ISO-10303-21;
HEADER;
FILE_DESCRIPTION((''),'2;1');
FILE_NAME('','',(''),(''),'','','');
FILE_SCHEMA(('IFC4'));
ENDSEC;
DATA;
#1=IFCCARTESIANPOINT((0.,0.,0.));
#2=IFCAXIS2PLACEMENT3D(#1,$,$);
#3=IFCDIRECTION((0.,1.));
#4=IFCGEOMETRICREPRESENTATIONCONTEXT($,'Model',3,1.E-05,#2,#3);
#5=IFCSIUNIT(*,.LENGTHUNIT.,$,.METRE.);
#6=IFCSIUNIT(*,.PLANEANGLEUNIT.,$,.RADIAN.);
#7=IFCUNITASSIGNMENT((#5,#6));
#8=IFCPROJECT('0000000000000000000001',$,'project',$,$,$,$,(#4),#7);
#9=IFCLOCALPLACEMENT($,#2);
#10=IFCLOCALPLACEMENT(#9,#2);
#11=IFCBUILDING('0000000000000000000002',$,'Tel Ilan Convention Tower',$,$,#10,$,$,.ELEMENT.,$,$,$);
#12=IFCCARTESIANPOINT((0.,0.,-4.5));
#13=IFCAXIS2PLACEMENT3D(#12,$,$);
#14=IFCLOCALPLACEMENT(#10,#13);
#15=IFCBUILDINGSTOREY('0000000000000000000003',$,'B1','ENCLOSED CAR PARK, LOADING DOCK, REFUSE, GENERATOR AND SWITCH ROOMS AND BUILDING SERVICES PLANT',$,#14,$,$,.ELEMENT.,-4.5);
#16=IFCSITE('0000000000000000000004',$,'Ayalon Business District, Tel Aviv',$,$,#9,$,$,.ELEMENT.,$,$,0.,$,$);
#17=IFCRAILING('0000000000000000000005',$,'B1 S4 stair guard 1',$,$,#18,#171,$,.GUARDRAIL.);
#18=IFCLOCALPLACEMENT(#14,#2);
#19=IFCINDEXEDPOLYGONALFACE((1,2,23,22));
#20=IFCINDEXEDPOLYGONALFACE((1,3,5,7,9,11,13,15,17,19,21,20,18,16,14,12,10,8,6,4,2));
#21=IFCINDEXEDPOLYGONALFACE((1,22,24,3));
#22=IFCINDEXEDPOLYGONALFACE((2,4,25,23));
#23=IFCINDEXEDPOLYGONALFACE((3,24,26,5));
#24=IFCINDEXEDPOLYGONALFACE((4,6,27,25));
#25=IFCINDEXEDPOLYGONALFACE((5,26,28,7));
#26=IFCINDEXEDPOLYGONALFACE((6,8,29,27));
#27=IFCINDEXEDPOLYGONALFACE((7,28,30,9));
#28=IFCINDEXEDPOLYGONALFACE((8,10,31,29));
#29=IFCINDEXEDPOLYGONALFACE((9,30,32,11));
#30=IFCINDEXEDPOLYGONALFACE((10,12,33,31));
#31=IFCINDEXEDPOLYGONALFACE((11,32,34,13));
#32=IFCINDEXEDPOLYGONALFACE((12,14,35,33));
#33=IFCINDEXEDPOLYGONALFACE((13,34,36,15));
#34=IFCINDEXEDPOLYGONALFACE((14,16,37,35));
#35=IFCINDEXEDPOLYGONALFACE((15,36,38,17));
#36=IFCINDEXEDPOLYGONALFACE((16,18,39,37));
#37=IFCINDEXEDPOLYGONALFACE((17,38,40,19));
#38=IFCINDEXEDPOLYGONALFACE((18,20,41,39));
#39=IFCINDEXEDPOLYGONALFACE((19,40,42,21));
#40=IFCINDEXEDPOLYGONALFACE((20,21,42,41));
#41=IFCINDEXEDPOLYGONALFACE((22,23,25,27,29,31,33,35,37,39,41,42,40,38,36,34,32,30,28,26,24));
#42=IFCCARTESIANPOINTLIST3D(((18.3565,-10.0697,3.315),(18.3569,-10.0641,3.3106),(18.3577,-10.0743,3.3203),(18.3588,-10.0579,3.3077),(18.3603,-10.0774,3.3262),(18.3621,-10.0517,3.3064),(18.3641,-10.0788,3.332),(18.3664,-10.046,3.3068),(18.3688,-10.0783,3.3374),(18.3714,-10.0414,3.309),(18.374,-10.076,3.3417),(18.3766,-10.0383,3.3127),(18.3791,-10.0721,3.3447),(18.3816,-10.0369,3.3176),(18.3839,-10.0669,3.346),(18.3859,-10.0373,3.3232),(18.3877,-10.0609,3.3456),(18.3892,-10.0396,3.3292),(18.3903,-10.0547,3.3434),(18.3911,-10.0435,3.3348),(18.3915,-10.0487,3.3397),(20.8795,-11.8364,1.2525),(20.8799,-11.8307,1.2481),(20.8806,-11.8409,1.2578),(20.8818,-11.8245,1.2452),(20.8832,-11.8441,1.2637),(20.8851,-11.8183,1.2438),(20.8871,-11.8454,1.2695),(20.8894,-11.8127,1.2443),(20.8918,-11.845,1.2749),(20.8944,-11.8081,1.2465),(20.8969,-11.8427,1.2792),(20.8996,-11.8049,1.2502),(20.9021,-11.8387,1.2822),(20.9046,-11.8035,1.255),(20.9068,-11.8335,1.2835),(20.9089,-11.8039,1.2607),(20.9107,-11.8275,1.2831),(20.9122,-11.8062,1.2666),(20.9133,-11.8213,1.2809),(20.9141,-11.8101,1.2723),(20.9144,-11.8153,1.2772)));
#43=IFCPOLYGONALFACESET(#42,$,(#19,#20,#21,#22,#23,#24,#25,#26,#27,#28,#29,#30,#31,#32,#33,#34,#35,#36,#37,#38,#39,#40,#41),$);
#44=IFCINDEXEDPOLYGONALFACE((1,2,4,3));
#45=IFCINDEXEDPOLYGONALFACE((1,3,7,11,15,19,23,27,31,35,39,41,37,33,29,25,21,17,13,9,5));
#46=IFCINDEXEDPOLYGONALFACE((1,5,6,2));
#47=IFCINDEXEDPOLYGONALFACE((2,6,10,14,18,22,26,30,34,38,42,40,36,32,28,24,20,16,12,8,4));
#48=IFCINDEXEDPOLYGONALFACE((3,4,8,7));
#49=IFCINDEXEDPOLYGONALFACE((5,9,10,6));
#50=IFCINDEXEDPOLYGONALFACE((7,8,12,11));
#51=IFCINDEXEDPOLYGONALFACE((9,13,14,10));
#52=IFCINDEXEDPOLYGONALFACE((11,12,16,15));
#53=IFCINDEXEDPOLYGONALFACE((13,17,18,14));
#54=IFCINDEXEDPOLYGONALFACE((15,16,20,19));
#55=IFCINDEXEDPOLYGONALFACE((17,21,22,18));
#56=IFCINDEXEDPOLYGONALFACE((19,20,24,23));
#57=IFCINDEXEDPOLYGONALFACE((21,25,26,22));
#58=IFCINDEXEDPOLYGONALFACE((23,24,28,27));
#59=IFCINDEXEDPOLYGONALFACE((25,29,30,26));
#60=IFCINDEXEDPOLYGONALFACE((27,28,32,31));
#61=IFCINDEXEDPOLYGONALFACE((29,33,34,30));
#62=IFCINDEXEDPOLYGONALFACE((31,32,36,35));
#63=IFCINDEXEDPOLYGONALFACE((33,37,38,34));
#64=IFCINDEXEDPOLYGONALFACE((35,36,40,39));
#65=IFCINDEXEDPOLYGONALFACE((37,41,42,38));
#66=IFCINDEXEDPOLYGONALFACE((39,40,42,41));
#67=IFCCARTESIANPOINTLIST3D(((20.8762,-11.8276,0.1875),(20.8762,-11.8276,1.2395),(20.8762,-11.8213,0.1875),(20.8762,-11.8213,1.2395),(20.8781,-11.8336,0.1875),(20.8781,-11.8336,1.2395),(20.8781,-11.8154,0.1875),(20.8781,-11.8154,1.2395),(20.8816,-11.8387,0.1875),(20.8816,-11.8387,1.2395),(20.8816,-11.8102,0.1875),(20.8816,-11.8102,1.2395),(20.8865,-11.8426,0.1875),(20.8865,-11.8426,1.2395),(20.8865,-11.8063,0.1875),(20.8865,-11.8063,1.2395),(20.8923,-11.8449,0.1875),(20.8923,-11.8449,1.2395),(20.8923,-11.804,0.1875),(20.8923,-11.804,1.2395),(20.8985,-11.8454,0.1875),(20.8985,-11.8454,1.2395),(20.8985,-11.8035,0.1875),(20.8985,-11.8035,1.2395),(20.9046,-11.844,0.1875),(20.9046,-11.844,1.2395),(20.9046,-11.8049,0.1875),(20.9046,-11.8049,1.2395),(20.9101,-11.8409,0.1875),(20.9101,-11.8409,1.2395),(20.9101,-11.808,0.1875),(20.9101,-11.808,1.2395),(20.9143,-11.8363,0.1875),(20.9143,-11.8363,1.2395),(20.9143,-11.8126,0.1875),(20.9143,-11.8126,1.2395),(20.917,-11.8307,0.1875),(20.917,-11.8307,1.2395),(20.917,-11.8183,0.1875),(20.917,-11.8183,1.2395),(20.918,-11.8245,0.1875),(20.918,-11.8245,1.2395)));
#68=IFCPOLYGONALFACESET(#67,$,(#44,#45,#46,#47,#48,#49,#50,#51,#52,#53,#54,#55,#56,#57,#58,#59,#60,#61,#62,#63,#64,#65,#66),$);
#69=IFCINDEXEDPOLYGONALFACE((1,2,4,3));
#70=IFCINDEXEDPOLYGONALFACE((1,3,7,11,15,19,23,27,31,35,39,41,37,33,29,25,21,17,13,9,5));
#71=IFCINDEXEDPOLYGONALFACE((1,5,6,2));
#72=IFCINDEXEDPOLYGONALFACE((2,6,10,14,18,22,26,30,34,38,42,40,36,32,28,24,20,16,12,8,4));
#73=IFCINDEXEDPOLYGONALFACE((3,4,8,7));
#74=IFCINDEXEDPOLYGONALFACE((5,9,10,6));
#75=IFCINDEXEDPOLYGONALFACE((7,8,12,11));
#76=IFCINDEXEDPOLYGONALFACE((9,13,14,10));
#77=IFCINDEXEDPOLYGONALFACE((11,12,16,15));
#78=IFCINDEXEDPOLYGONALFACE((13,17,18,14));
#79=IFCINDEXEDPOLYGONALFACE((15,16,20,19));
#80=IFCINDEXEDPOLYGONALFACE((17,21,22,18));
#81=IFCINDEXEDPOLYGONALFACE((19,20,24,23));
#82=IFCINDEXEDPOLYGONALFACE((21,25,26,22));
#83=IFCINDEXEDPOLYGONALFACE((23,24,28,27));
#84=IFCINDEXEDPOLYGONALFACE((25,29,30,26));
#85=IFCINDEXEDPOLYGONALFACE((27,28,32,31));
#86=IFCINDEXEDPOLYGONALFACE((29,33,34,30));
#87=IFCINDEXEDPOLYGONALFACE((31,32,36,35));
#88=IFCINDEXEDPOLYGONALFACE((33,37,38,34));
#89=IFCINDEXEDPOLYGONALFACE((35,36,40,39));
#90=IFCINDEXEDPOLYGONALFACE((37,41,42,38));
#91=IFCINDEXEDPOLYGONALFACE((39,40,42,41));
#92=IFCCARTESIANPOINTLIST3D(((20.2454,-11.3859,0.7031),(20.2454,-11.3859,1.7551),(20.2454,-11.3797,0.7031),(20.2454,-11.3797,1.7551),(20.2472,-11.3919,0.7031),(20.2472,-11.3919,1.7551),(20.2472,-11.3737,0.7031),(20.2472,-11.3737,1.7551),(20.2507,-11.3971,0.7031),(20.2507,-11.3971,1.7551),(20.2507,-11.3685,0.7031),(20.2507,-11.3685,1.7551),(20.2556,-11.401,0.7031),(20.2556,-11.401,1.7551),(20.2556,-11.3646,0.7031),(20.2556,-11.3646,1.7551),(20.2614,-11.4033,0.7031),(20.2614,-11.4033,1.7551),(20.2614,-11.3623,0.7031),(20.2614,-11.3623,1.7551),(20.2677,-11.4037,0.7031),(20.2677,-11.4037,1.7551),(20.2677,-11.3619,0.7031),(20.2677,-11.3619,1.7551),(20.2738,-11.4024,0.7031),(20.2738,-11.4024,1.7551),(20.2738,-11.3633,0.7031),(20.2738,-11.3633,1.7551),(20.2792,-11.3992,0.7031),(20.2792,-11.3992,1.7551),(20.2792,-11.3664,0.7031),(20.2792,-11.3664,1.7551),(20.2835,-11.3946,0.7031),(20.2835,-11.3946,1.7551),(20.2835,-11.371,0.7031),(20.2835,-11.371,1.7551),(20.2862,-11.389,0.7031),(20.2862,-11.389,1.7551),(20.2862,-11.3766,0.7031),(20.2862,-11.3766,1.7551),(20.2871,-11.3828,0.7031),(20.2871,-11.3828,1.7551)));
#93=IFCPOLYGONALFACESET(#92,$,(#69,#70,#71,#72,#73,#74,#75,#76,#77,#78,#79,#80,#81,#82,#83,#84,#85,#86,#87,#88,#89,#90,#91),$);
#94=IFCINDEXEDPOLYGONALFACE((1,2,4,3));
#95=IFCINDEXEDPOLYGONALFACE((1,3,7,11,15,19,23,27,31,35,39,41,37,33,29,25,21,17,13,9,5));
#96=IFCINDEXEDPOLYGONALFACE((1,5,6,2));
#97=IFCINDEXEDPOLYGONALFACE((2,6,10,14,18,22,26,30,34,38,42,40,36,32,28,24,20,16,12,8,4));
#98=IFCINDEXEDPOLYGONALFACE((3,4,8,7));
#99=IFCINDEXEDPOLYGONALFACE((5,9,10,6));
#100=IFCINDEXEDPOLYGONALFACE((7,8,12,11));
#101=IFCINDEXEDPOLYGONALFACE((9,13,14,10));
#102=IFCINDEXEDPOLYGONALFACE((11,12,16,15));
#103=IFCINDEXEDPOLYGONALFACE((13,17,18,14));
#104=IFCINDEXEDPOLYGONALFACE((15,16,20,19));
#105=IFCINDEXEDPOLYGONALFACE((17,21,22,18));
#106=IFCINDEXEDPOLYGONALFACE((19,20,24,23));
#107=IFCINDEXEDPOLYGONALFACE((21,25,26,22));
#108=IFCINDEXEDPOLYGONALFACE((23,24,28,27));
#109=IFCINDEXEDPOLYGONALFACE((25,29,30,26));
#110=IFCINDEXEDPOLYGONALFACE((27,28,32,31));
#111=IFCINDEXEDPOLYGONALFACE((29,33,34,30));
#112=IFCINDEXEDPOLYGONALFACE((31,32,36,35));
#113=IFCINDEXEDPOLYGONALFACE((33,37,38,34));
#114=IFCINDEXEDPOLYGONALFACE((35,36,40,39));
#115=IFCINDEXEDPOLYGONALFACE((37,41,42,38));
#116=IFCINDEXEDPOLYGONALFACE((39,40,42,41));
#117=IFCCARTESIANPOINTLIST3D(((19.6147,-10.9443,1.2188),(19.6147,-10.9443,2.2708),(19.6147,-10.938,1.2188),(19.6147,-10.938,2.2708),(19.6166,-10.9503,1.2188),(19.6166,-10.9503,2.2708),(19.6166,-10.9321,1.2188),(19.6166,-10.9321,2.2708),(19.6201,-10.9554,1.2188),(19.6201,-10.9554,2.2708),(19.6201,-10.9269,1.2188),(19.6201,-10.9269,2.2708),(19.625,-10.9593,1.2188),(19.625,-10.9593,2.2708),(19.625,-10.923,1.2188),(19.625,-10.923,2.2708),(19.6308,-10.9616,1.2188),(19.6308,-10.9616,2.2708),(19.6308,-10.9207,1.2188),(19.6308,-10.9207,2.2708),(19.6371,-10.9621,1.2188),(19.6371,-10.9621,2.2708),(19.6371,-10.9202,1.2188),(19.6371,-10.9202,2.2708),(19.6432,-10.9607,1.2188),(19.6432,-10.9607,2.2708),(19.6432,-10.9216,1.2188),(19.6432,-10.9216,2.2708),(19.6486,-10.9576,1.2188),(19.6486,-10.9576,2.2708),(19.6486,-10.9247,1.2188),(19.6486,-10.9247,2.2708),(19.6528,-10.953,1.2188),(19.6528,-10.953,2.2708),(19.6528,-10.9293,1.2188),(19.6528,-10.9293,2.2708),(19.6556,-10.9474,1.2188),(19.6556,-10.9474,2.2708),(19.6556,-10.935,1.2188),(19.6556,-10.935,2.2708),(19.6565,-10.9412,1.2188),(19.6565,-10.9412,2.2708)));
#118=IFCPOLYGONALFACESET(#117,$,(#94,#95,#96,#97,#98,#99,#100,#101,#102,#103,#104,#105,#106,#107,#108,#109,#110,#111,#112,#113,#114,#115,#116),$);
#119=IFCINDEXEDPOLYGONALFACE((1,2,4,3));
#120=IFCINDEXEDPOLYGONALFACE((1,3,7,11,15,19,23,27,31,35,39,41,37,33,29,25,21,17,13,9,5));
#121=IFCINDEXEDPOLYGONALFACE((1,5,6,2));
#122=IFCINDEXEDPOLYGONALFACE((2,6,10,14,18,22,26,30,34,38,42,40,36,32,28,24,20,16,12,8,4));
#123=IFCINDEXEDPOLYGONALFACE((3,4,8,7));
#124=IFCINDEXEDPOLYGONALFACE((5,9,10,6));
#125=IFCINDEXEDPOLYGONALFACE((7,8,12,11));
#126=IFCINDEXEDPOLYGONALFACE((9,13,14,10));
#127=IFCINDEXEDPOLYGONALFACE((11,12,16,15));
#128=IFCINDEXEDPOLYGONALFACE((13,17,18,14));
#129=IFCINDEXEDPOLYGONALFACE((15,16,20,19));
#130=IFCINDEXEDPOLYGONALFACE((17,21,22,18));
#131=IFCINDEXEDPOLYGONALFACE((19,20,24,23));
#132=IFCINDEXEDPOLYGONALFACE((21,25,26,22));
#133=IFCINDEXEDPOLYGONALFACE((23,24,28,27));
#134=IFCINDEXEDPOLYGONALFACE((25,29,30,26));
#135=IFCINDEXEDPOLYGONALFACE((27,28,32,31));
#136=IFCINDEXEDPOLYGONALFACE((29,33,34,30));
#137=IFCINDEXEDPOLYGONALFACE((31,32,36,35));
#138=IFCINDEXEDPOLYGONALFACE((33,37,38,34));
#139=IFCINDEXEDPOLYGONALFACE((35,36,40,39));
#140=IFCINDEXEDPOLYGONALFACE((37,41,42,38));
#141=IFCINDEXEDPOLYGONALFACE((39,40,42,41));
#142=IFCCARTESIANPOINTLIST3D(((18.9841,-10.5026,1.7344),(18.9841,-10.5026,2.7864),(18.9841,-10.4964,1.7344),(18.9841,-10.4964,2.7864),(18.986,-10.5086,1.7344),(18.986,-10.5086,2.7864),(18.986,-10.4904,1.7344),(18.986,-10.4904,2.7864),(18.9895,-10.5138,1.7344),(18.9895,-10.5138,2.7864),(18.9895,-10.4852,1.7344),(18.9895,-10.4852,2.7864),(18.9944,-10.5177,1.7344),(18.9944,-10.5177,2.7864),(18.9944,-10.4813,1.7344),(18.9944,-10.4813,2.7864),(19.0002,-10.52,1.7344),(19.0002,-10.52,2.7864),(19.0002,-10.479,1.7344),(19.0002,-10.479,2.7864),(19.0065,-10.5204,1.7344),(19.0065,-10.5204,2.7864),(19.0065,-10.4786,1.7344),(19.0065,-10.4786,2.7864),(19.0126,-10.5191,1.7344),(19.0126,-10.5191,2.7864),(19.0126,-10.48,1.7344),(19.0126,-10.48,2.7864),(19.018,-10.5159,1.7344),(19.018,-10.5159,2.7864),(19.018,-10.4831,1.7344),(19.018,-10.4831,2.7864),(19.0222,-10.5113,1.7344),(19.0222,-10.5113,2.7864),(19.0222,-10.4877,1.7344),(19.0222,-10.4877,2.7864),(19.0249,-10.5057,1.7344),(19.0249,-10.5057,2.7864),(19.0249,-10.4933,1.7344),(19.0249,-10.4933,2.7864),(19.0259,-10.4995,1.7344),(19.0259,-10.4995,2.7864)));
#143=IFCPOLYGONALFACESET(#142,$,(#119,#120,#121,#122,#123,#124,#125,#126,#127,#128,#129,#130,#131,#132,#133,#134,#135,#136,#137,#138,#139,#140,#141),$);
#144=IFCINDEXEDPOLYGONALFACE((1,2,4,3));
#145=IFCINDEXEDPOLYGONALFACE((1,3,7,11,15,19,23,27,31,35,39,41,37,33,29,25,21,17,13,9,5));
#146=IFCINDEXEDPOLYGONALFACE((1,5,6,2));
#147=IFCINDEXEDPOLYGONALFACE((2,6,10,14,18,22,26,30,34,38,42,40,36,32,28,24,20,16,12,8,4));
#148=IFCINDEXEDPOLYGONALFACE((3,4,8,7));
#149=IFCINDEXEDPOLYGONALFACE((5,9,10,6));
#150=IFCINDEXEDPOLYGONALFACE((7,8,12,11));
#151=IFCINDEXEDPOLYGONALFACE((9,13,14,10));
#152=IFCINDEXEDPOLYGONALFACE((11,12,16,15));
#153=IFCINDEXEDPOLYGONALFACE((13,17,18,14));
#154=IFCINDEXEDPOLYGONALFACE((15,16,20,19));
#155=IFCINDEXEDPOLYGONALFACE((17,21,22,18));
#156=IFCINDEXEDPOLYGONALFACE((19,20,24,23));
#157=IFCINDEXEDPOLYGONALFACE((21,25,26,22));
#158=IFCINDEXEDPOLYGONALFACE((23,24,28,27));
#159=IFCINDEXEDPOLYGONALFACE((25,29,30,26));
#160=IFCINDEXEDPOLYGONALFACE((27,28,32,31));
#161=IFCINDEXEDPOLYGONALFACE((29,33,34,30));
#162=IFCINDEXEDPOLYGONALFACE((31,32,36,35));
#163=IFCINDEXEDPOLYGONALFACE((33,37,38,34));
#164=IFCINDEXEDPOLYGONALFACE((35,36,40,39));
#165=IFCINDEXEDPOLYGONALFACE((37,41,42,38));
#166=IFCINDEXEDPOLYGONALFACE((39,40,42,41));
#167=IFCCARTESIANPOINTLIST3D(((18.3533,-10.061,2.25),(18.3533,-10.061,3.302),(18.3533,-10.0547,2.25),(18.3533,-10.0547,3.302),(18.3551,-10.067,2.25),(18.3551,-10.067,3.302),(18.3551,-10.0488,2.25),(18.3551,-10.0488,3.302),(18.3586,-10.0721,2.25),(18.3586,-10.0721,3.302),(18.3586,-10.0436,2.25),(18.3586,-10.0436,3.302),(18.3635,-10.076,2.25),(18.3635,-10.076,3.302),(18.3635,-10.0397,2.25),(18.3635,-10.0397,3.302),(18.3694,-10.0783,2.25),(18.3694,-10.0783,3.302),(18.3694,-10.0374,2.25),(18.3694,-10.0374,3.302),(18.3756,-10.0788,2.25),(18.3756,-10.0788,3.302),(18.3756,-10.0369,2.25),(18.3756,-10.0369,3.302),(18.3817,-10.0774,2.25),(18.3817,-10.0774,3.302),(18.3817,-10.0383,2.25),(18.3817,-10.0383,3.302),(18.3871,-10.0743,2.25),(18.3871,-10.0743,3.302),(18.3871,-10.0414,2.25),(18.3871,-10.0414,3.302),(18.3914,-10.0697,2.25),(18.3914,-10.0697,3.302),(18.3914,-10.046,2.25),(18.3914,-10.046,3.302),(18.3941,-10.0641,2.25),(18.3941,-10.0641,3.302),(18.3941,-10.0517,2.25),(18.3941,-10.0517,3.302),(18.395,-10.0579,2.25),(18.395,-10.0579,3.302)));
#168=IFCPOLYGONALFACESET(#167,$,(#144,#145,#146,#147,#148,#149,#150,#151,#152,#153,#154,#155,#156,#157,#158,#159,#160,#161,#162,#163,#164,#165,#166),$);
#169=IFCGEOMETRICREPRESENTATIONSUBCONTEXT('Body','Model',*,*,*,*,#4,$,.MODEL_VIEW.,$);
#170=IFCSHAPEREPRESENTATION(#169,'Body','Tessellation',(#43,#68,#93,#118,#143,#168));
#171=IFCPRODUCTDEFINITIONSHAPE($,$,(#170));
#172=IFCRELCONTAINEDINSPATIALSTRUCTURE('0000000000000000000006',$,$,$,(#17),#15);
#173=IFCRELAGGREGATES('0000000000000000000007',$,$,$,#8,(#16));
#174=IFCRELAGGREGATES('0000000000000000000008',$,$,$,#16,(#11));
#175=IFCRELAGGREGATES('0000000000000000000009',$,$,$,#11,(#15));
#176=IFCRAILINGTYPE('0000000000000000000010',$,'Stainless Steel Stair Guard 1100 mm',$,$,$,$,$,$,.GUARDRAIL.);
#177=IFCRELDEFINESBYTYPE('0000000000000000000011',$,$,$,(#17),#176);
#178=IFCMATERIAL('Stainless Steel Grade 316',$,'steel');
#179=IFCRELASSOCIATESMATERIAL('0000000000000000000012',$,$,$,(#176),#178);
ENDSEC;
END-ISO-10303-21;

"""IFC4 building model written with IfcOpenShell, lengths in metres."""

from ifc_helpers import new_model, si_unit, direction, frame, origin, origin_2d, place, context, subcontext, project, spatial, circle, extrude, material, type_object, element, save


model = new_model("IFC4")

# Units and contexts
model_context = context("Model", 3, precision=1e-05, world=origin(), true_north=direction((0.0, 1.0)))
body_context = subcontext(model_context, "Body", "Model", "MODEL_VIEW")
ifc_project = project(units=[si_unit("LENGTHUNIT", "METRE"), si_unit("PLANEANGLEUNIT", "RADIAN")], contexts=[model_context])

# Site, building, storey
site_placement = place(None, origin())
site = spatial("IfcSite", under=ifc_project, at=site_placement, Name="Ayalon Business District, Tel Aviv", CompositionType="ELEMENT", RefElevation=0.0)
building_placement = place(site_placement, origin())
building = spatial("IfcBuilding", under=site, at=building_placement, Name="Tel Ilan Convention Tower", CompositionType="ELEMENT")
storey_placement = place(building_placement, frame((0.0, 0.0, -4.5)))
storey = spatial("IfcBuildingStorey", under=building, at=storey_placement, Name="B1", Description="ENCLOSED CAR PARK, LOADING DOCK, REFUSE, GENERATOR AND SWITCH ROOMS AND BUILDING SERVICES PLANT", CompositionType="ELEMENT", Elevation=-4.5)

# Railing
ifc_material_1 = material(Name="Stainless Steel Grade 316", Category="steel")
railing_type_1 = type_object("IfcRailingType", Name="Stainless Steel Stair Guard 1100 mm", PredefinedType="GUARDRAIL", material=ifc_material_1)
railing_1_placement = place(storey_placement, frame((20.897, -11.8245, 0.1875)))
element("IfcRailing", 1, at=railing_1_placement, inside=storey, type_object=railing_type_1, Name="B1 S4 stair guard 1", PredefinedType="GUARDRAIL", context=body_context, shape_type="SweptSolid", body=[
    extrude(circle(Radius=0.0239, at=origin_2d()), frame((0.0, 0.0, 1.0762), z_axis=(-0.680635, 0.476589, 0.556416), x_axis=(-0.573579, -0.81915, 0.0)), (0.0, 0.0, 1.0), 3.7068),
    extrude(circle(Radius=0.021, at=origin_2d()), origin(), (0.0, 0.0, 1.0), 1.052),
    extrude(circle(Radius=0.021, at=origin_2d()), frame((-0.6309, 0.4417, 0.5156)), (0.0, 0.0, 1.0), 1.052),
    extrude(circle(Radius=0.021, at=origin_2d()), frame((-1.2615, 0.8833, 1.0312)), (0.0, 0.0, 1.0), 1.052),
    extrude(circle(Radius=0.021, at=origin_2d()), frame((-1.8921, 1.325, 1.5469)), (0.0, 0.0, 1.0), 1.052),
    extrude(circle(Radius=0.021, at=origin_2d()), frame((-2.5229, 1.7666, 2.0625)), (0.0, 0.0, 1.0), 1.052),
])

save(model, "model.ifc")
